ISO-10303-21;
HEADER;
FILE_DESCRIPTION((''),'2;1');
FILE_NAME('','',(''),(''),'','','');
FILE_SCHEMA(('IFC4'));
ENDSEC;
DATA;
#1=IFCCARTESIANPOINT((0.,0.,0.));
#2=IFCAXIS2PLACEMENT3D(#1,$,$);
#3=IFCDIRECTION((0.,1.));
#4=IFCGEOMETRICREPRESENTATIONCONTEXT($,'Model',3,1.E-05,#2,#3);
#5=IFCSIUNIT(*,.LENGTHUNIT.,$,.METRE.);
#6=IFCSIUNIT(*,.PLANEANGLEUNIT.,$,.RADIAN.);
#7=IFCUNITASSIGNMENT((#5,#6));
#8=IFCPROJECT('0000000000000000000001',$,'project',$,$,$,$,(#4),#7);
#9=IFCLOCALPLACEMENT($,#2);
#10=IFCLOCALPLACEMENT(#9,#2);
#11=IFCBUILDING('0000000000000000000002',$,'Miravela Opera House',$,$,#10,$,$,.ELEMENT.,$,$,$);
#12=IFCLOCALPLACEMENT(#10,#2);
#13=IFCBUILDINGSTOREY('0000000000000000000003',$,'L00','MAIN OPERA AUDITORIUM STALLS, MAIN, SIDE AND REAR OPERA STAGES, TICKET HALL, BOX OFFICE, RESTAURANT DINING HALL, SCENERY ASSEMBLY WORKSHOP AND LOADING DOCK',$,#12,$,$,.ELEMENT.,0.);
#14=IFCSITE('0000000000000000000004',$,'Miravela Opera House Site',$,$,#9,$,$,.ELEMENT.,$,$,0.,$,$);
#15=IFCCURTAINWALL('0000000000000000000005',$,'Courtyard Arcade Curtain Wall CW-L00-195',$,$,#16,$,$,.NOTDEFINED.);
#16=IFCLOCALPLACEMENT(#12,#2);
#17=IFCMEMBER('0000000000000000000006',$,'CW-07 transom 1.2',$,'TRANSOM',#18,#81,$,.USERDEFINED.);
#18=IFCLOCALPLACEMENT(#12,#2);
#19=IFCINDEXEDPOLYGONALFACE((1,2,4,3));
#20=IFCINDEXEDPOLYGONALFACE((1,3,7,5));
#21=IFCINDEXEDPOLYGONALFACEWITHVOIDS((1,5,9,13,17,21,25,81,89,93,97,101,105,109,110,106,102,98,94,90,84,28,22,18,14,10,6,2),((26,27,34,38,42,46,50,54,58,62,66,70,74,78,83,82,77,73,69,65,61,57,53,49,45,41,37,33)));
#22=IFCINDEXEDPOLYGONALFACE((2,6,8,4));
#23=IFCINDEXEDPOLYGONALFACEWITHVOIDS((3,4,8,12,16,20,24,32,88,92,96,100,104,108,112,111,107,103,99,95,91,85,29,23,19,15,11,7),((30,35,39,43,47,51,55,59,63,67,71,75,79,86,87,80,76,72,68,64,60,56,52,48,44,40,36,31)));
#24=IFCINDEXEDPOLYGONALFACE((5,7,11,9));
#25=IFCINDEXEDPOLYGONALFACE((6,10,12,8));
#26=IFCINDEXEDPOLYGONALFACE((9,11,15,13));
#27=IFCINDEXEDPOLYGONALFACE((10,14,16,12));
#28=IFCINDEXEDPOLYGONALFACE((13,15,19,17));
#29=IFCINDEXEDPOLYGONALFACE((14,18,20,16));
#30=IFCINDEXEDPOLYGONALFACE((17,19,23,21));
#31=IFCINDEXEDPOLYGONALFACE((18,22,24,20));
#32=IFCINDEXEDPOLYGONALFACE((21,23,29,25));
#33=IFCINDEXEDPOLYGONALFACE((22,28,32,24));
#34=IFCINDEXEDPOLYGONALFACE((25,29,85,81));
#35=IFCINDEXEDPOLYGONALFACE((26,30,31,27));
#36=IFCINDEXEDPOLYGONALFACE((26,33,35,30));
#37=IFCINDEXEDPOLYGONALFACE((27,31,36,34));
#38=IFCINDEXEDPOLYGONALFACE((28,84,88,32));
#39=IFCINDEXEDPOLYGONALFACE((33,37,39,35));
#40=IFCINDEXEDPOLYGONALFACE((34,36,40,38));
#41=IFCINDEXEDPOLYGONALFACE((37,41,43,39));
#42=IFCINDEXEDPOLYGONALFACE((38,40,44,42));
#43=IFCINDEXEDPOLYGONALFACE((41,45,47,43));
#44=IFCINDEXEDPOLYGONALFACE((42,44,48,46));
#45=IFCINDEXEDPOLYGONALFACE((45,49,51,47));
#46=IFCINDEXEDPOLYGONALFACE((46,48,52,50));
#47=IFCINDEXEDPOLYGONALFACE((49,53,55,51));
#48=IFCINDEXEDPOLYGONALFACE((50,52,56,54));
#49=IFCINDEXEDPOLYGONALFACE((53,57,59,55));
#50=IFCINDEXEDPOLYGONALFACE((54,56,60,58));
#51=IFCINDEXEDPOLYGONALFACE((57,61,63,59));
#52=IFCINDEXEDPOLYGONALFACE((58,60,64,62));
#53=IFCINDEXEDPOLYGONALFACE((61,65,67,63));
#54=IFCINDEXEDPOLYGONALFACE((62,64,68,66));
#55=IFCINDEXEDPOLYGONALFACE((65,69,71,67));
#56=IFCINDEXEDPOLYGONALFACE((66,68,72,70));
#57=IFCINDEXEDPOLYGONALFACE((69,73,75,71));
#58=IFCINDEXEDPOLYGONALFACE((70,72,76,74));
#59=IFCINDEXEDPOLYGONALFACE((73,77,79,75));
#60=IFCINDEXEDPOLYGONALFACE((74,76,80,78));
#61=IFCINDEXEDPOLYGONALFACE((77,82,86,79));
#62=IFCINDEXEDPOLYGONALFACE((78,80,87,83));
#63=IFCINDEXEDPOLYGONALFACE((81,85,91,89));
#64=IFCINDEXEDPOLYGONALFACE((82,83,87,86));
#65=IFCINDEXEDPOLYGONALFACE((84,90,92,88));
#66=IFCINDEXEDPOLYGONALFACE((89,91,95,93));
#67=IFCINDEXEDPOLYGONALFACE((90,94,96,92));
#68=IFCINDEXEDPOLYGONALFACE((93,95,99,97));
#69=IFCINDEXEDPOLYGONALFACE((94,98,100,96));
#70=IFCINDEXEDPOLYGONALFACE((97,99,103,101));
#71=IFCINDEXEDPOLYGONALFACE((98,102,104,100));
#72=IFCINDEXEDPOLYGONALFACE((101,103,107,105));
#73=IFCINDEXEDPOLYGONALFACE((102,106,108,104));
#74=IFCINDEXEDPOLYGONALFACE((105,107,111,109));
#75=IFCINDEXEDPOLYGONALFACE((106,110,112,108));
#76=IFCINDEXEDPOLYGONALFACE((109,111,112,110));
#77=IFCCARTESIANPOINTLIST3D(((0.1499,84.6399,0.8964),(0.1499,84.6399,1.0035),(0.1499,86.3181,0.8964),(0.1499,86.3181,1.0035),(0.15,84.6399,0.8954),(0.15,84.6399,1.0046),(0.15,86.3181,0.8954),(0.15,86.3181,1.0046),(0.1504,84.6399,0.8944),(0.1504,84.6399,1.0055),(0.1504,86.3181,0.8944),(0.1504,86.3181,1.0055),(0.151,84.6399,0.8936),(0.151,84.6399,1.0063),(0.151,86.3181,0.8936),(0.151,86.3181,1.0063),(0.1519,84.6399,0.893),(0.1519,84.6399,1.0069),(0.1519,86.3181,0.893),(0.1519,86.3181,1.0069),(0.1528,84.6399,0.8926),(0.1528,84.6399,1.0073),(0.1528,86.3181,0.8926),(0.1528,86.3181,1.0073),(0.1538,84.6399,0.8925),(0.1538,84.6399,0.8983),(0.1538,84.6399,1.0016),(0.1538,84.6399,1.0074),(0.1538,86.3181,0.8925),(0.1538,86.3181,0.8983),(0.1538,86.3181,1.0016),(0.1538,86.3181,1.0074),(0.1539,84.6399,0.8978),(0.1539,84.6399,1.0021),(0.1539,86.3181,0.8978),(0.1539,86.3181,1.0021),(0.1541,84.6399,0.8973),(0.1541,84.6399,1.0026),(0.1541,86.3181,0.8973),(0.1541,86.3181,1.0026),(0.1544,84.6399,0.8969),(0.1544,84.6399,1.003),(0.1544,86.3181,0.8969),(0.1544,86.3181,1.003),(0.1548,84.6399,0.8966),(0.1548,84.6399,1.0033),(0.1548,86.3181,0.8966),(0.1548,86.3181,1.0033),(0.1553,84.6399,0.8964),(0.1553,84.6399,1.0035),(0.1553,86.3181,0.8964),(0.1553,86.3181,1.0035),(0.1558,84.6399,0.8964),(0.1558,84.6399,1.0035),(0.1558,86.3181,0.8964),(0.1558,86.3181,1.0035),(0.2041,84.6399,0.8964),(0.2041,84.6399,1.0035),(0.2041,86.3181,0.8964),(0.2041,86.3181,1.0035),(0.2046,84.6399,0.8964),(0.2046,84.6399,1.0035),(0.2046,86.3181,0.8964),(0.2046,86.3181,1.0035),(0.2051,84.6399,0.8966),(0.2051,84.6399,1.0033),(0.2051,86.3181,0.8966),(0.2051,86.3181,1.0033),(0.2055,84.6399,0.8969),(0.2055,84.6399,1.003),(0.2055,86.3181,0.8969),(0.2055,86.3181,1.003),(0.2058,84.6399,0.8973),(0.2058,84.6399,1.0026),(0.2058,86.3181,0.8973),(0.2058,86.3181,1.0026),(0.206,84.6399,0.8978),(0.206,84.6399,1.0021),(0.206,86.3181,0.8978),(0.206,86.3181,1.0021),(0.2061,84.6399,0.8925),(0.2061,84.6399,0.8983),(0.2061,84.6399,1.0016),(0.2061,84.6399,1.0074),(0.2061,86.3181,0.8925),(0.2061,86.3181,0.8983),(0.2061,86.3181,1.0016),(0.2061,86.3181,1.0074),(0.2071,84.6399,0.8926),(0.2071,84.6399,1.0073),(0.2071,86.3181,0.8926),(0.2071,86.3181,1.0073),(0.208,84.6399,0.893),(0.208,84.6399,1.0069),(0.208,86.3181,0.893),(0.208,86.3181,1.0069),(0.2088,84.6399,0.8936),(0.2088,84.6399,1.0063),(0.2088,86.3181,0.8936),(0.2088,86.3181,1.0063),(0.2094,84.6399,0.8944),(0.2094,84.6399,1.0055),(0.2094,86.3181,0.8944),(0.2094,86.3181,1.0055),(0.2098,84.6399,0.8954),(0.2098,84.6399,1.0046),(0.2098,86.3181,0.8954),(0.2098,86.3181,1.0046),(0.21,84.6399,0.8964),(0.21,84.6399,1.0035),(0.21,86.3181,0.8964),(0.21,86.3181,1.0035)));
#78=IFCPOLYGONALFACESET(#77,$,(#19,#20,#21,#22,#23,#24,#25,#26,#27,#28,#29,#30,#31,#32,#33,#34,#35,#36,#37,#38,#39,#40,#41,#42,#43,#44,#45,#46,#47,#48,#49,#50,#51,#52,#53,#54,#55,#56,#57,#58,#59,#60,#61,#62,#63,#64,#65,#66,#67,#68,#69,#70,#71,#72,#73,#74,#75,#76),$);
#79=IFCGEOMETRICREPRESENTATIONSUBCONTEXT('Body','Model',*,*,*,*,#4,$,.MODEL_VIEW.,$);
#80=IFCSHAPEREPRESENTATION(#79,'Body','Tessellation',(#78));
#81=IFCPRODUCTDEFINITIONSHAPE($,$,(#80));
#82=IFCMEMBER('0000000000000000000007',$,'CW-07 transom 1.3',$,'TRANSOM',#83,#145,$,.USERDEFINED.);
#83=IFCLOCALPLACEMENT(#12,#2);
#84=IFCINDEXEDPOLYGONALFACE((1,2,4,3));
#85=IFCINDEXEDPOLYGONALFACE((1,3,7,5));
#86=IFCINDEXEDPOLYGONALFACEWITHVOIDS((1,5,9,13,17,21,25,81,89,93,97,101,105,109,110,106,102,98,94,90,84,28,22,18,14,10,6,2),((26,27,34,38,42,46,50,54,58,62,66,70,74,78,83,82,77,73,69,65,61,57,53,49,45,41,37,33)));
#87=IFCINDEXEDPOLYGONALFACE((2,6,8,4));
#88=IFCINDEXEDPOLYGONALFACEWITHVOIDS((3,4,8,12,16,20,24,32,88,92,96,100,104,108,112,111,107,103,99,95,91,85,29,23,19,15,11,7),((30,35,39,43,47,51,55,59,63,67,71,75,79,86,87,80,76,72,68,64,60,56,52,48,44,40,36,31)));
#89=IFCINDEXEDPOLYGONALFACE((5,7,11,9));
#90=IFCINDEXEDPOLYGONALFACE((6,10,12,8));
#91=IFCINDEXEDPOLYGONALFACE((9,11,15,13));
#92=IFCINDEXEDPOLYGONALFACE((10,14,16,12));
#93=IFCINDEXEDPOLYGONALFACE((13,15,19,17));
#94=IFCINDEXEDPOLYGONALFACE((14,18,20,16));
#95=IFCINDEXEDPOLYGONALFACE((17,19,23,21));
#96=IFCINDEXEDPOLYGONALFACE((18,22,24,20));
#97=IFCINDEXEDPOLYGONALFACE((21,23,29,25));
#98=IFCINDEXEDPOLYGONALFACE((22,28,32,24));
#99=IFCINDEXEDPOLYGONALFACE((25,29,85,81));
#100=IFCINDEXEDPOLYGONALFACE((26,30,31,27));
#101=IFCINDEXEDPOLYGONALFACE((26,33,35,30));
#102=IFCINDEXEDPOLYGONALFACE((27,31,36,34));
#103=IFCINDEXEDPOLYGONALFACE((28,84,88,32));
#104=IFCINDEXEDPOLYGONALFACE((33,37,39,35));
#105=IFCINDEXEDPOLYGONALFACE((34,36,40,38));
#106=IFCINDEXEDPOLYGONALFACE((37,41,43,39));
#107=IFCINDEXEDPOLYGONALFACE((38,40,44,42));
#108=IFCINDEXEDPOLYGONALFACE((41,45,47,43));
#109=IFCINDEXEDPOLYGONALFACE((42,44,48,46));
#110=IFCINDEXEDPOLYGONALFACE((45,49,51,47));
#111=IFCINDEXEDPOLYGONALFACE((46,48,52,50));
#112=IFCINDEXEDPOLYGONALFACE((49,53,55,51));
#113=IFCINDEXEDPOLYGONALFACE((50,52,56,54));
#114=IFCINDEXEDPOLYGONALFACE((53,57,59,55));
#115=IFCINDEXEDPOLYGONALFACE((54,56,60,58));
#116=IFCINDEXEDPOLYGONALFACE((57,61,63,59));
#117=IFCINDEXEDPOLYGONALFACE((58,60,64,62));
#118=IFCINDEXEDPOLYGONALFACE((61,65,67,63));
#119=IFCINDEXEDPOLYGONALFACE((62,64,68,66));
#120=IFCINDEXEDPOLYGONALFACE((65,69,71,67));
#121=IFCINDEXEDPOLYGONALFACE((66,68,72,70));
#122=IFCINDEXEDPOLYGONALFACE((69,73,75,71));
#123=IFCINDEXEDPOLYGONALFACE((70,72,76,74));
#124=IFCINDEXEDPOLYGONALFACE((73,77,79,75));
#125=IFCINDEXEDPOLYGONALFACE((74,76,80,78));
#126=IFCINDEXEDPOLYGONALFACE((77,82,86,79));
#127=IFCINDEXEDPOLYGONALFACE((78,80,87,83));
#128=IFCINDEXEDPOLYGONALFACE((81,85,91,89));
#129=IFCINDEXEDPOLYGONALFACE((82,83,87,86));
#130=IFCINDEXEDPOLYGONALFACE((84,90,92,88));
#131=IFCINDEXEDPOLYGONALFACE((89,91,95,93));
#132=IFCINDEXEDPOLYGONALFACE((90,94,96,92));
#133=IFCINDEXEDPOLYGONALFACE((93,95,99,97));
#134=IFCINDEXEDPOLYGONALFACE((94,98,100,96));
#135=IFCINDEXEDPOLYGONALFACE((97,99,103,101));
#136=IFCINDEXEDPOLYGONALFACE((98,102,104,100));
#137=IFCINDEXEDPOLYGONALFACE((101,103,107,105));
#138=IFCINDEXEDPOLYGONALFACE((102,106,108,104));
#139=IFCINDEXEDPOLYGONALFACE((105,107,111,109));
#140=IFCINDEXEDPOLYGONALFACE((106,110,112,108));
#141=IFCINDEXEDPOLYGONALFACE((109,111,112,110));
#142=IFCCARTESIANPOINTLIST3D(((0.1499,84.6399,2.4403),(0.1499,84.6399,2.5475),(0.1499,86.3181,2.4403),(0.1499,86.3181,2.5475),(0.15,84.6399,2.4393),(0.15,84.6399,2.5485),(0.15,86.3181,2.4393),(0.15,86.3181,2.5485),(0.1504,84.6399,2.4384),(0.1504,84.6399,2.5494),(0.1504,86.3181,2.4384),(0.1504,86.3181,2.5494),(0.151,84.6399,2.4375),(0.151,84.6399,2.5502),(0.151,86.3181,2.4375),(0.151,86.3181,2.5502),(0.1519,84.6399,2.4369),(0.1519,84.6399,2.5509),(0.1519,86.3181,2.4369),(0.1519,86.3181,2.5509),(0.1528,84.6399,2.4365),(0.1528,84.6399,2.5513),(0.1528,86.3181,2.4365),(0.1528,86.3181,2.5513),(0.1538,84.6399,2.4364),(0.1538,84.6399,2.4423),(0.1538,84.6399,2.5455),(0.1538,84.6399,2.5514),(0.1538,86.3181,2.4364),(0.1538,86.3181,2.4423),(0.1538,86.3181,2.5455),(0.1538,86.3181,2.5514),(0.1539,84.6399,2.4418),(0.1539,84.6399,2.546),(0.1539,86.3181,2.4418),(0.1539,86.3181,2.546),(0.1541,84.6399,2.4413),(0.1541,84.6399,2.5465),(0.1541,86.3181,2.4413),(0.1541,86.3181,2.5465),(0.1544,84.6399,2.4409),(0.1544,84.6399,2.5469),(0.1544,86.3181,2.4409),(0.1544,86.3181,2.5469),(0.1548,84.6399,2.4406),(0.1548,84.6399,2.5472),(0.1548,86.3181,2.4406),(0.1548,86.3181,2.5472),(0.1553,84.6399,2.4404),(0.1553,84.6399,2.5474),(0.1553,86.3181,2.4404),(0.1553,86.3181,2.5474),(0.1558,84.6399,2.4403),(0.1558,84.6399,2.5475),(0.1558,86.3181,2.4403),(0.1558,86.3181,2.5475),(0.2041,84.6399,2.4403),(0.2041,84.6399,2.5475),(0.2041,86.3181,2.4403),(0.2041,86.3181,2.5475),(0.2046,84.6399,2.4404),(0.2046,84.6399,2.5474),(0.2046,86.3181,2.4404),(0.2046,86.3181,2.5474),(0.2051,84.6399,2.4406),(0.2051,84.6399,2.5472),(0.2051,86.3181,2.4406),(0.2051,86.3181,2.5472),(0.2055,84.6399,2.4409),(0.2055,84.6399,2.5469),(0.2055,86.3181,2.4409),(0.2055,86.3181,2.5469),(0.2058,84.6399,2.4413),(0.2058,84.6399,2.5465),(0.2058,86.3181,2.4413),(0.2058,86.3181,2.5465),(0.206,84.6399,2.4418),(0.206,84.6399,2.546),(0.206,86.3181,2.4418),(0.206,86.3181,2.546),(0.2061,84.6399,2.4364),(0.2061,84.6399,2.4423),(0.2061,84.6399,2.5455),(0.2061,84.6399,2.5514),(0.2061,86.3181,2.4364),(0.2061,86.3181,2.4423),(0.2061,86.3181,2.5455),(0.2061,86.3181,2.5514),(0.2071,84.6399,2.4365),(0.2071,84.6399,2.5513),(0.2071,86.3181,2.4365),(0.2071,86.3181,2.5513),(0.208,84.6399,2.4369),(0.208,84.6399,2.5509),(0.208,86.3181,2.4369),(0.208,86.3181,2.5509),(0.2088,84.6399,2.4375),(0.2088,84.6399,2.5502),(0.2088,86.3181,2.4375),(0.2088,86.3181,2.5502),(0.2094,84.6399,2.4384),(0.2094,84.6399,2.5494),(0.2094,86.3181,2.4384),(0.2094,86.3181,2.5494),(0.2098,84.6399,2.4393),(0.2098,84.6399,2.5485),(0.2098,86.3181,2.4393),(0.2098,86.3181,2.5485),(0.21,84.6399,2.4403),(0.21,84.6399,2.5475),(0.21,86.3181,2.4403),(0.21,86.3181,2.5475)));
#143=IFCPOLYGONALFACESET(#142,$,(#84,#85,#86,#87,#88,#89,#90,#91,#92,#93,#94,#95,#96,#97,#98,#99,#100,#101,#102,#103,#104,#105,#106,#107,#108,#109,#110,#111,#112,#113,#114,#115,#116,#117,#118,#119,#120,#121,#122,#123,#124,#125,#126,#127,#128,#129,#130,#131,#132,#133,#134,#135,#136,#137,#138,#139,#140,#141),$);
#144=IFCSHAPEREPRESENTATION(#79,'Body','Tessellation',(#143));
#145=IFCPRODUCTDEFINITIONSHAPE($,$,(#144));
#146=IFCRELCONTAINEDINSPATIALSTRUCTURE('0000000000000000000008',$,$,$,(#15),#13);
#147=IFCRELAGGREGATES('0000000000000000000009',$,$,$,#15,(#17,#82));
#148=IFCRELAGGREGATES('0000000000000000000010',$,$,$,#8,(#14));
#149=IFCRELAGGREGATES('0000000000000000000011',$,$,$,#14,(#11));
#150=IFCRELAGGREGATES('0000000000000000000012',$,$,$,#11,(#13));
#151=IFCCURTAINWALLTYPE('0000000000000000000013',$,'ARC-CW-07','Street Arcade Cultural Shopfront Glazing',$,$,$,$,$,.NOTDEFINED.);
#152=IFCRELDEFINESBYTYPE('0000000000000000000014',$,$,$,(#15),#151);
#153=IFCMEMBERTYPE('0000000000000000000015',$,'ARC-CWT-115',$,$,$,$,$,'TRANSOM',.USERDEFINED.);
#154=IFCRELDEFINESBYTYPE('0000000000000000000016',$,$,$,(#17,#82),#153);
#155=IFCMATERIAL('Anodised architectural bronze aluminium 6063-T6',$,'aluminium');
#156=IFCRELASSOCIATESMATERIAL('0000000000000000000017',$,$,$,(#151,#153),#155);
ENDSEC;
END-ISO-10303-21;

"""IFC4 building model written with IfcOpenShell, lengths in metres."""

from ifc_helpers import new_model, si_unit, direction, frame, origin, origin_2d, place, context, subcontext, project, spatial, hollow_rectangle, extrude, material, material_profile, profile_set, type_object, element, aggregate, save


model = new_model("IFC4")

# Units and contexts
model_context = context("Model", 3, precision=1e-05, world=origin(), true_north=direction((0.0, 1.0)))
body_context = subcontext(model_context, "Body", "Model", "MODEL_VIEW")
ifc_project = project(units=[si_unit("LENGTHUNIT", "METRE"), si_unit("PLANEANGLEUNIT", "RADIAN")], contexts=[model_context])

# Site, building, storey
site_placement = place(None, origin())
site = spatial("IfcSite", under=ifc_project, at=site_placement, Name="Miravela Opera House Site", CompositionType="ELEMENT", RefElevation=0.0)
building_placement = place(site_placement, origin())
building = spatial("IfcBuilding", under=site, at=building_placement, Name="Miravela Opera House", CompositionType="ELEMENT")
storey_placement = place(building_placement, origin())
storey = spatial("IfcBuildingStorey", under=building, at=storey_placement, Name="L00", Description="MAIN OPERA AUDITORIUM STALLS, MAIN, SIDE AND REAR OPERA STAGES, TICKET HALL, BOX OFFICE, RESTAURANT DINING HALL, SCENERY ASSEMBLY WORKSHOP AND LOADING DOCK", CompositionType="ELEMENT", Elevation=0.0)

# Curtain wall, members
ifc_material_1 = material(Name="Anodised architectural bronze aluminium 6063-T6", Category="aluminium")
curtain_wall_type = type_object("IfcCurtainWallType", Name="ARC-CW-07", Description="Street Arcade Cultural Shopfront Glazing", PredefinedType="NOTDEFINED", material=ifc_material_1)
curtain_wall_placement = place(storey_placement, origin())
curtain_wall = element("IfcCurtainWall", 1, at=curtain_wall_placement, inside=storey, type_object=curtain_wall_type, Name="Courtyard Arcade Curtain Wall CW-L00-195", PredefinedType="NOTDEFINED")
ifc_material_profile_1 = material_profile(ifc_material_1, hollow_rectangle(XDim=0.0601, YDim=0.115, WallThickness=0.0039, InnerFilletRadius=0.002, OuterFilletRadius=0.0039, at=origin_2d()), Name="CWT-60X115")
ifc_profile_set_1 = profile_set([ifc_material_profile_1])
member_type_1 = type_object("IfcMemberType", Name="ARC-CWT-115", ElementType="TRANSOM", PredefinedType="USERDEFINED", material=ifc_profile_set_1)
member_1_placement = place(storey_placement, frame((0.1799, 84.6399, 0.95), z_axis=(0.0, 1.0, 0.0), x_axis=(-1.0, 0.0, 0.0)))
member_1 = element("IfcMember", 2, at=member_1_placement, type_object=member_type_1, Name="CW-07 transom 1.2", ObjectType="TRANSOM", PredefinedType="USERDEFINED", context=body_context, shape_type="SweptSolid", body=[
    extrude(hollow_rectangle(XDim=0.0601, YDim=0.115, WallThickness=0.0039, InnerFilletRadius=0.002, OuterFilletRadius=0.0039, at=origin_2d()), origin(), (0.0, 0.0, 1.0), 1.6782),
])
member_2_placement = place(storey_placement, frame((0.1799, 84.6399, 2.4939), z_axis=(0.0, 1.0, 0.0), x_axis=(-1.0, 0.0, 0.0)))
member_2 = element("IfcMember", 3, at=member_2_placement, type_object=member_type_1, Name="CW-07 transom 1.3", ObjectType="TRANSOM", PredefinedType="USERDEFINED", context=body_context, shape_type="SweptSolid", body=[
    extrude(hollow_rectangle(XDim=0.0601, YDim=0.115, WallThickness=0.0039, InnerFilletRadius=0.002, OuterFilletRadius=0.0039, at=origin_2d()), origin(), (0.0, 0.0, 1.0), 1.6782),
])

aggregate(curtain_wall, [member_1, member_2])

save(model, "model.ifc")
